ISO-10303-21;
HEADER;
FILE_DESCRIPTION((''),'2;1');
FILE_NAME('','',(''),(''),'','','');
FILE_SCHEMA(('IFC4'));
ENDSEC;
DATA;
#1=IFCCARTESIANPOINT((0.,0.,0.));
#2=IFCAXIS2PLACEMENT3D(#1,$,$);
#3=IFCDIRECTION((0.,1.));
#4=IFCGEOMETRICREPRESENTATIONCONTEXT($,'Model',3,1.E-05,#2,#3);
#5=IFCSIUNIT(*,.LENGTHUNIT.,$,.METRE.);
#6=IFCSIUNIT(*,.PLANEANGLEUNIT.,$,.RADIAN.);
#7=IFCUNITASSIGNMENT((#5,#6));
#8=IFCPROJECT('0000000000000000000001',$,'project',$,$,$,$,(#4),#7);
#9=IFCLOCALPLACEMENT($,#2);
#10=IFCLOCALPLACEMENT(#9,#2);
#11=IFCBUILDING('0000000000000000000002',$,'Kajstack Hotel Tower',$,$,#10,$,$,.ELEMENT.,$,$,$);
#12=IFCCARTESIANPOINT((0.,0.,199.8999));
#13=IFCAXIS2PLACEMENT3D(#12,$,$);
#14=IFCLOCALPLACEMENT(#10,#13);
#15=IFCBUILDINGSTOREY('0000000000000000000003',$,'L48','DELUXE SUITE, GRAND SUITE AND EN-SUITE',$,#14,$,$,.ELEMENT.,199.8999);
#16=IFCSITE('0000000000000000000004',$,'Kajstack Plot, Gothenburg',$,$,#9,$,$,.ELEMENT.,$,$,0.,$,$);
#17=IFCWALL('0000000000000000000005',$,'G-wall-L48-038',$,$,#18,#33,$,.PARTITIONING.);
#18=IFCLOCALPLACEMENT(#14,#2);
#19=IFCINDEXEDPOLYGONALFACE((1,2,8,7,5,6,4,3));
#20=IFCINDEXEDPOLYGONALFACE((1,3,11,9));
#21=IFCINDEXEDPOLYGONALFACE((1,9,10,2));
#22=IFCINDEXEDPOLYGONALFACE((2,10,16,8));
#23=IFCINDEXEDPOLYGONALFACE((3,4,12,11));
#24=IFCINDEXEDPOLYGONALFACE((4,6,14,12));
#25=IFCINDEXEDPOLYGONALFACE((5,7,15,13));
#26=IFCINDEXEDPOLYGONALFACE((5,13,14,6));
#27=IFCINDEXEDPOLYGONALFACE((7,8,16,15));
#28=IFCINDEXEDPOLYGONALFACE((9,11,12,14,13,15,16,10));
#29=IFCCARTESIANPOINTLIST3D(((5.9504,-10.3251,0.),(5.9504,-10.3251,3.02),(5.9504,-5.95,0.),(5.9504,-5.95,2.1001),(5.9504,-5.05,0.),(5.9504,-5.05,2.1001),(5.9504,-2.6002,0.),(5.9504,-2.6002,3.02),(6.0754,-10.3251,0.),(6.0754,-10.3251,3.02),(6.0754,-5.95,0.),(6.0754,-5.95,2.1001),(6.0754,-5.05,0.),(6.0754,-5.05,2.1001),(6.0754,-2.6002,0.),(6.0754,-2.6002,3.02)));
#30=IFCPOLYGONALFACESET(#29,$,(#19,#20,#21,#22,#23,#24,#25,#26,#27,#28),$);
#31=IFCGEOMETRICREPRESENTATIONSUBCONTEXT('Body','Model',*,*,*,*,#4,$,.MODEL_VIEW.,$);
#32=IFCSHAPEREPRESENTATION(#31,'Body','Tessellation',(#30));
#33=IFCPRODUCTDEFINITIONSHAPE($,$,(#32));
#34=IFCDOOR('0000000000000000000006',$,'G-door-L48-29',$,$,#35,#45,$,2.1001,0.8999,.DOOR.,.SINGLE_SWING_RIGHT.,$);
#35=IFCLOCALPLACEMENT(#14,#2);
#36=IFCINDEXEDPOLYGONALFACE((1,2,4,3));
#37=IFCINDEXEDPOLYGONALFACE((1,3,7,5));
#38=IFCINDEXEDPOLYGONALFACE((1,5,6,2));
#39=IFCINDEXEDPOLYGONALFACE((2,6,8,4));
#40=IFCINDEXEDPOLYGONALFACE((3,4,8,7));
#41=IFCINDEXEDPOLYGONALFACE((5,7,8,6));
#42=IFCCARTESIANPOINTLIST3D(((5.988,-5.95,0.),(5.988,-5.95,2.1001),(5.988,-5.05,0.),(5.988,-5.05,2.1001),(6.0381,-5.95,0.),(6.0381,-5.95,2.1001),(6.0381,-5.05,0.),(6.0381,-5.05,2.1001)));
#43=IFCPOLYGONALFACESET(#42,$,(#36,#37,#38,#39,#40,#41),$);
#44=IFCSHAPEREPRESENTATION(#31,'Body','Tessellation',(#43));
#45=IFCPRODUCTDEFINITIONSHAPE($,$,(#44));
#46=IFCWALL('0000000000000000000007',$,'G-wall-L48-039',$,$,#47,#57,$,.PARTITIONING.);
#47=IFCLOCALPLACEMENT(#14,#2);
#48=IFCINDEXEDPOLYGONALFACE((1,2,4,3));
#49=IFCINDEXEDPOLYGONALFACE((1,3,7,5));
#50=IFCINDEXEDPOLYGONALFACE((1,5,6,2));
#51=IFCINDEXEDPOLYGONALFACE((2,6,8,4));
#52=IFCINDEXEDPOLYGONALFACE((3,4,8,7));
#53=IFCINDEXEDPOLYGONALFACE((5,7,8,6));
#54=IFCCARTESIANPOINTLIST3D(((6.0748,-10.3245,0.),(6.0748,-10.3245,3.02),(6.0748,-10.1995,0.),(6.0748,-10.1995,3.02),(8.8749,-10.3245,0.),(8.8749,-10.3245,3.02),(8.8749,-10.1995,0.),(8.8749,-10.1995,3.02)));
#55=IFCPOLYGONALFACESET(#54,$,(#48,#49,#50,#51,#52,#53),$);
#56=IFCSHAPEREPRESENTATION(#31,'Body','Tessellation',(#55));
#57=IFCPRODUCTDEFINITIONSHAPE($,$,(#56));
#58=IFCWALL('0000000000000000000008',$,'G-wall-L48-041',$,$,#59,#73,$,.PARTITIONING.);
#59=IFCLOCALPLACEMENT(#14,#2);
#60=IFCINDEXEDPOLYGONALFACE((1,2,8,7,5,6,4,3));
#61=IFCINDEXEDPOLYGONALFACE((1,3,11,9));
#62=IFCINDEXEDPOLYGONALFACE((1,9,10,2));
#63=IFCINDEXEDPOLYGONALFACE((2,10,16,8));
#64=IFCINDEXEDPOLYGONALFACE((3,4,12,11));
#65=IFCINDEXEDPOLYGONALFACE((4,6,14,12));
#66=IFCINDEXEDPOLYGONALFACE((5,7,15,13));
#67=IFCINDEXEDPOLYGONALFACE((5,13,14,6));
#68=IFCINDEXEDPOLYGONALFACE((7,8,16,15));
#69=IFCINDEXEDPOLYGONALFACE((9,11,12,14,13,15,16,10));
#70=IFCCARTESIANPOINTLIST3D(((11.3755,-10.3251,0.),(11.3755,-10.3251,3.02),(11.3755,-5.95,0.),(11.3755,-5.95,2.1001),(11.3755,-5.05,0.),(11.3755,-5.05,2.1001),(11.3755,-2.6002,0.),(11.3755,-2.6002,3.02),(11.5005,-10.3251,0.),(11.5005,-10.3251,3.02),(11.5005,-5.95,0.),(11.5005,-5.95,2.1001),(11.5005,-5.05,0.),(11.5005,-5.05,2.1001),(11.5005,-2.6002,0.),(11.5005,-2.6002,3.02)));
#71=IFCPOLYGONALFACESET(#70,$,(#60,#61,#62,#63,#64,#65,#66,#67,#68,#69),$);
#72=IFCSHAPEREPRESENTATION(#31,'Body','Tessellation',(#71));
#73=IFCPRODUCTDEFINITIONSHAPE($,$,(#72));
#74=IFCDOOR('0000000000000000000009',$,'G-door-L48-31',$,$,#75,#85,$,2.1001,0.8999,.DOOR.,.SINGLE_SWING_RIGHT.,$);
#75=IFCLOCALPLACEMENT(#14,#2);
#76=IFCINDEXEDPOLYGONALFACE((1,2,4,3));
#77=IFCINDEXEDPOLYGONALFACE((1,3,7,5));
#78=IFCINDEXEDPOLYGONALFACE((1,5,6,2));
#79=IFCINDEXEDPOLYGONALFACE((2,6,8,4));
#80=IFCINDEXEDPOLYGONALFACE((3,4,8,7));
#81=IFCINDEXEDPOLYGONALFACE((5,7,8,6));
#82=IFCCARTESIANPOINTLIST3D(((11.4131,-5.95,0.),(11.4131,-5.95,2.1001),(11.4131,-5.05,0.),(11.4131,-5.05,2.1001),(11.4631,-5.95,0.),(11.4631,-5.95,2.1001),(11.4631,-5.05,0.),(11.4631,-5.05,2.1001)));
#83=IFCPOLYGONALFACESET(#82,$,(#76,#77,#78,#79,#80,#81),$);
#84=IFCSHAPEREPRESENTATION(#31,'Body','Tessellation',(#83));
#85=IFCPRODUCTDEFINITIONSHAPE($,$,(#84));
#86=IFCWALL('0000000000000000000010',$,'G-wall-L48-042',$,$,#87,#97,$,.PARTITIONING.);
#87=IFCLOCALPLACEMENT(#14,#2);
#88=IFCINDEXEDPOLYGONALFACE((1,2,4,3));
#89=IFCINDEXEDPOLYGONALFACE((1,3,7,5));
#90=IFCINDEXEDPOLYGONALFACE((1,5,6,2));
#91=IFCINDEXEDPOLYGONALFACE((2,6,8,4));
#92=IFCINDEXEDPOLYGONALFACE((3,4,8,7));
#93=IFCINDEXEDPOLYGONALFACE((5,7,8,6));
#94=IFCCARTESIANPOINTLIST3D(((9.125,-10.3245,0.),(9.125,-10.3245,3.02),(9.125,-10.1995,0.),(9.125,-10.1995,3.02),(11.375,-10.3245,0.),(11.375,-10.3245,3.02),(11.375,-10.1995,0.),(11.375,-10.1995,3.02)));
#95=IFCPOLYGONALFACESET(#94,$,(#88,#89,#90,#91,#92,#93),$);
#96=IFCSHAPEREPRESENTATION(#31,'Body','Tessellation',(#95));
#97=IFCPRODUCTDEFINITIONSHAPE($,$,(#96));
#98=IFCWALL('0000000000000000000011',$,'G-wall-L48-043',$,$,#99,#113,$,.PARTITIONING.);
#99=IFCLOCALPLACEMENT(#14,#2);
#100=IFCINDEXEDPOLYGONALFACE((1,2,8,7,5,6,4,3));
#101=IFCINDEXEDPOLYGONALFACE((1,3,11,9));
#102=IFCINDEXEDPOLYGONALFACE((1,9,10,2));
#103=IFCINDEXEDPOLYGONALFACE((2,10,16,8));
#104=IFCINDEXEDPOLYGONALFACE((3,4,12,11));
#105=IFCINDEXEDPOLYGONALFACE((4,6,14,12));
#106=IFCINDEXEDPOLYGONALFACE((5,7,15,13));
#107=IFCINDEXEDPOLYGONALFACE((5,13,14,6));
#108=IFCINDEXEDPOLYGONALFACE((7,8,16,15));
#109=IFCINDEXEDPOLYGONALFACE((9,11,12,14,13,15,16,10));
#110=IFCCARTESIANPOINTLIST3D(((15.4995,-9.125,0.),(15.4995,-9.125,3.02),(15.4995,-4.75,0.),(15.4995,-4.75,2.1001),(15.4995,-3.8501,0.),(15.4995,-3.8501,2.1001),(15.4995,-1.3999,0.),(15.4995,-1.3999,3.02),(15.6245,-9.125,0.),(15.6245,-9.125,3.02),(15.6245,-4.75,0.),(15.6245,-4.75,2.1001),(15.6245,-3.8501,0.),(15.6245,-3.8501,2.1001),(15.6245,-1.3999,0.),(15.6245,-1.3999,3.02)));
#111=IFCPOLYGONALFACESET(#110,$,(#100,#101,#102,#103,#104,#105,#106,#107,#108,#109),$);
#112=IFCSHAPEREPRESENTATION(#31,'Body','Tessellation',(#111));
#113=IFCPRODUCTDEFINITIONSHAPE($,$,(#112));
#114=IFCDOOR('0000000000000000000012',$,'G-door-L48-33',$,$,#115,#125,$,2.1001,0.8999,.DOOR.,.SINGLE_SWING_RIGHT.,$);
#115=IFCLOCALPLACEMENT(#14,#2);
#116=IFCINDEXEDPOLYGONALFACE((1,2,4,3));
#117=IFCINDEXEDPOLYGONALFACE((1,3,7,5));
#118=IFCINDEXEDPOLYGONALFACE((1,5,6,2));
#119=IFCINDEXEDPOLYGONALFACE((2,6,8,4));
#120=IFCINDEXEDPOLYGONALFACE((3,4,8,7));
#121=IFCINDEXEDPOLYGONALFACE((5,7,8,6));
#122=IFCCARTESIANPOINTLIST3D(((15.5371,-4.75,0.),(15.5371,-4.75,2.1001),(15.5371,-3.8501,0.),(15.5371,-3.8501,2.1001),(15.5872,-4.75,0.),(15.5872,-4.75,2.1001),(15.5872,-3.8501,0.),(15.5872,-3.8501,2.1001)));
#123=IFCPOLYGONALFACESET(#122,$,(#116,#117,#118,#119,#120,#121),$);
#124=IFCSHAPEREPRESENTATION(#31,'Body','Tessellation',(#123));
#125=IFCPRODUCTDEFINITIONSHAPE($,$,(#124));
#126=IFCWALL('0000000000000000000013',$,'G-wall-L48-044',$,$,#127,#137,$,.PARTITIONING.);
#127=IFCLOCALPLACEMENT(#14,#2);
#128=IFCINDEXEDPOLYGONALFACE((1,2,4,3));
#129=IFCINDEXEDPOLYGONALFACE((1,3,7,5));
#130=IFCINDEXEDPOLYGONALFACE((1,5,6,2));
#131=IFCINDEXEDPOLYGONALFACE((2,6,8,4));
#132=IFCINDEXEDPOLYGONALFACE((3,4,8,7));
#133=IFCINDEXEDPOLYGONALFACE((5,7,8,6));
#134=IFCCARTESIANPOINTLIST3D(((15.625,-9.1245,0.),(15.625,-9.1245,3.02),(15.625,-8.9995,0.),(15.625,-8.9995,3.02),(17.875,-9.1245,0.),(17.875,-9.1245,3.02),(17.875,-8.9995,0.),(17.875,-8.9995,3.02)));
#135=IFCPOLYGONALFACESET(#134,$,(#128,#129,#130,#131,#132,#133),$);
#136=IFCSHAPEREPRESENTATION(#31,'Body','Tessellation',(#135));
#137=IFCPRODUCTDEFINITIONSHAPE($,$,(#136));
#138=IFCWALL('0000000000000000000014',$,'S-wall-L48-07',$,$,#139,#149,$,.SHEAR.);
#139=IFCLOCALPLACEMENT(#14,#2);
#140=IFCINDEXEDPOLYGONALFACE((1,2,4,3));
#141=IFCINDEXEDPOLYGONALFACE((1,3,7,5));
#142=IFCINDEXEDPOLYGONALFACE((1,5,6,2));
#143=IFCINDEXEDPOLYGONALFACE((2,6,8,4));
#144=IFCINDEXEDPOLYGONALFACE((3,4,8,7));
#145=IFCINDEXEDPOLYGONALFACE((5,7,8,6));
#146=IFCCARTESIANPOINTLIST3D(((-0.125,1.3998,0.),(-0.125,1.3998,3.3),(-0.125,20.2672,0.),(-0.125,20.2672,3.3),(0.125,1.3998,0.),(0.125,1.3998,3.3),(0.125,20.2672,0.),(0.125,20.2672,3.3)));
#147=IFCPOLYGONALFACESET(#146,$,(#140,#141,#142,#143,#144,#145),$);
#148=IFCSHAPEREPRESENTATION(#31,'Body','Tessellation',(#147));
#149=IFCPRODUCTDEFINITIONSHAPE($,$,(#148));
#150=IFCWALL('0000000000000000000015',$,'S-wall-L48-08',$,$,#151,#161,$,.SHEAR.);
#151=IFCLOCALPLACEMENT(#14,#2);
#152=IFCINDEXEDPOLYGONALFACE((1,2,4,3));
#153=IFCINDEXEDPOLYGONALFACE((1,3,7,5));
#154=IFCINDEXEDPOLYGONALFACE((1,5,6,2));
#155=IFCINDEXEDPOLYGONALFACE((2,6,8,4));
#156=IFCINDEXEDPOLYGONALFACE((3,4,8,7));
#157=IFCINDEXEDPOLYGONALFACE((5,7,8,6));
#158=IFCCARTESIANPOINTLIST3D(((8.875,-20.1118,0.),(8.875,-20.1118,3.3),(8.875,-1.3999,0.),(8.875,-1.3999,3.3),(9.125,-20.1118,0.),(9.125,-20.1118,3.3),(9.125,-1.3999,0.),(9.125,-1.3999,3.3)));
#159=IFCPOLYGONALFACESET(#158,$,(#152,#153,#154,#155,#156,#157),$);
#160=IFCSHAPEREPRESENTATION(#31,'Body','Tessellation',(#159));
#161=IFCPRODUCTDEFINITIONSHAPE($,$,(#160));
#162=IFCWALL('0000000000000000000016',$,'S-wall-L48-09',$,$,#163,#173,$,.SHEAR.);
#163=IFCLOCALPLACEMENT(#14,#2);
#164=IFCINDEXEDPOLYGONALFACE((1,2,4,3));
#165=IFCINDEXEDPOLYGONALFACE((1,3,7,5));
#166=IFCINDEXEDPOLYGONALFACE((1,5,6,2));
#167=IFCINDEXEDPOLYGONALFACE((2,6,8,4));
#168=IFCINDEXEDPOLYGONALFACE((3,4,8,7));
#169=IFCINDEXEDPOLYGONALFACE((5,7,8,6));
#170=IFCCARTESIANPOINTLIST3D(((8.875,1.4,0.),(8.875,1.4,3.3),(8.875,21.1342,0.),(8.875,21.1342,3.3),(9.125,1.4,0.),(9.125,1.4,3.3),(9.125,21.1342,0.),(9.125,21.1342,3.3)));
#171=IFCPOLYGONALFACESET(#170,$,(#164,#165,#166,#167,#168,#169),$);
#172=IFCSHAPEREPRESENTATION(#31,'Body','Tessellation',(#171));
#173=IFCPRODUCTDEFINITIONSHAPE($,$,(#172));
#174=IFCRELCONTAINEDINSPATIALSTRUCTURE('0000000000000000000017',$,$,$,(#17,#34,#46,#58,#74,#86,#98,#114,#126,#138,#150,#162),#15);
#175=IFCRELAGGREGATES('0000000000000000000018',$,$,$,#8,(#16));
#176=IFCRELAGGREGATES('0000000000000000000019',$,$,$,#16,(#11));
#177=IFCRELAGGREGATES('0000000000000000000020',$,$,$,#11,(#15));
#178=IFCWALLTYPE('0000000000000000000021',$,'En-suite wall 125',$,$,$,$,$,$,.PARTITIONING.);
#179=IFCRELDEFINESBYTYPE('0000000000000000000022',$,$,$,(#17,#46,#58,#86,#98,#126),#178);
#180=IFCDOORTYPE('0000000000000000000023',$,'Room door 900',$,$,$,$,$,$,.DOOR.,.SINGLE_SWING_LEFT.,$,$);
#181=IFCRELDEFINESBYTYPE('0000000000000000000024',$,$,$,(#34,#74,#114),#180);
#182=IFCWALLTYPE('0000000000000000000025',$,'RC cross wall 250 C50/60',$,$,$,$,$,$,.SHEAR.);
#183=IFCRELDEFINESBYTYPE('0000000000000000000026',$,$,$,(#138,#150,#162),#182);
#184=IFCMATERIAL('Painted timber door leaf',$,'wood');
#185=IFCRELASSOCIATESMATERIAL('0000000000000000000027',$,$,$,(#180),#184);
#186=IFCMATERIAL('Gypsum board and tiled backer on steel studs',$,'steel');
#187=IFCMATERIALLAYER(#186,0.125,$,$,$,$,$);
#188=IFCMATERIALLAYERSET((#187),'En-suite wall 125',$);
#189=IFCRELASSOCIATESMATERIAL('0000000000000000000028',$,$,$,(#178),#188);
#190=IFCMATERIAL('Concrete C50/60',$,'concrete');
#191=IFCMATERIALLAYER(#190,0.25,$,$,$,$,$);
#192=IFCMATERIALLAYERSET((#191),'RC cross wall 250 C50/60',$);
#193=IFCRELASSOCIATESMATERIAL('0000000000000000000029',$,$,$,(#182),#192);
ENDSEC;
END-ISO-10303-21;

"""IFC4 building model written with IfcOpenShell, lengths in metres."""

from ifc_helpers import new_model, si_unit, direction, frame, frame_2d, origin, place, context, subcontext, project, spatial, rectangle, extrude, material, layer, layer_set, type_object, element, fill, save


model = new_model("IFC4")

# Units and contexts
model_context = context("Model", 3, precision=1e-05, world=origin(), true_north=direction((0.0, 1.0)))
body_context = subcontext(model_context, "Body", "Model", "MODEL_VIEW")
ifc_project = project(units=[si_unit("LENGTHUNIT", "METRE"), si_unit("PLANEANGLEUNIT", "RADIAN")], contexts=[model_context])

# Site, building, storey
site_placement = place(None, origin())
site = spatial("IfcSite", under=ifc_project, at=site_placement, Name="Kajstack Plot, Gothenburg", CompositionType="ELEMENT", RefElevation=0.0)
building_placement = place(site_placement, origin())
building = spatial("IfcBuilding", under=site, at=building_placement, Name="Kajstack Hotel Tower", CompositionType="ELEMENT")
storey_placement = place(building_placement, frame((0.0, 0.0, 199.8999)))
storey = spatial("IfcBuildingStorey", under=building, at=storey_placement, Name="L48", Description="DELUXE SUITE, GRAND SUITE AND EN-SUITE", CompositionType="ELEMENT", Elevation=199.8999)

# Shared definitions
ifc_material_1 = material(Name="Painted timber door leaf", Category="wood")
door_type_1 = type_object("IfcDoorType", Name="Room door 900", OperationType="SINGLE_SWING_LEFT", PredefinedType="DOOR", material=ifc_material_1)

# Wall, opening, door
ifc_material_2 = material(Name="Gypsum board and tiled backer on steel studs", Category="steel")
ifc_layer_1 = layer(ifc_material_2, 0.125)
ifc_layer_set_1 = layer_set([ifc_layer_1], Name="En-suite wall 125")
wall_type_1 = type_object("IfcWallType", Name="En-suite wall 125", PredefinedType="PARTITIONING", material=ifc_layer_set_1)
wall_1_placement = place(storey_placement, frame((6.0129, -10.325, 0.0), z_axis=(0.0, 0.0, 1.0), x_axis=(0.0, 1.0, 0.0)))
wall_1 = element("IfcWall", 1, at=wall_1_placement, inside=storey, type_object=wall_type_1, Name="G-wall-L48-038", PredefinedType="PARTITIONING", context=body_context, shape_type="SweptSolid", body=[
    extrude(rectangle(XDim=7.7249, YDim=0.125, at=frame_2d((3.8623, 0.0))), origin(), (0.0, 0.0, 1.0), 3.02),
])
opening_1_placement = place(wall_1_placement, frame((4.375, 0.0, 0.0)))
opening_1 = element("IfcOpeningElement", 2, at=opening_1_placement, cuts=wall_1, PredefinedType="OPENING", context=body_context, shape_type="SweptSolid", body=[
    extrude(rectangle(XDim=0.8999, YDim=2.1001, at=frame_2d((0.45, 1.05))), frame((0.0, 0.0725, 0.0), z_axis=(0.0, -1.0, 0.0), x_axis=(1.0, 0.0, 0.0)), (0.0, 0.0, 1.0), 0.145),
])
door_1_placement = place(opening_1_placement, origin())
door_1 = element("IfcDoor", 3, at=door_1_placement, inside=storey, type_object=door_type_1, Name="G-door-L48-29", OperationType="SINGLE_SWING_RIGHT", OverallHeight=2.1001, OverallWidth=0.8999, PredefinedType="DOOR", context=body_context, shape_type="SweptSolid", body=[
    extrude(rectangle(XDim=0.8999, YDim=2.1001, at=frame_2d((0.45, 1.05))), frame((0.0, 0.0249, 0.0), z_axis=(0.0, -1.0, 0.0), x_axis=(1.0, 0.0, 0.0)), (0.0, 0.0, 1.0), 0.05),
])
fill(opening_1, door_1)

# Wall
wall_2_placement = place(storey_placement, frame((6.075, -10.262, 0.0), z_axis=(0.0, 0.0, 1.0), x_axis=(1.0, 0.0, 0.0)))
element("IfcWall", 4, at=wall_2_placement, inside=storey, type_object=wall_type_1, Name="G-wall-L48-039", PredefinedType="PARTITIONING", context=body_context, shape_type="SweptSolid", body=[
    extrude(rectangle(XDim=2.8, YDim=0.125, at=frame_2d((1.3999, 0.0))), origin(), (0.0, 0.0, 1.0), 3.02),
])

# Wall, opening, door
wall_3_placement = place(storey_placement, frame((11.438, -10.325, 0.0), z_axis=(0.0, 0.0, 1.0), x_axis=(0.0, 1.0, 0.0)))
wall_3 = element("IfcWall", 5, at=wall_3_placement, inside=storey, type_object=wall_type_1, Name="G-wall-L48-041", PredefinedType="PARTITIONING", context=body_context, shape_type="SweptSolid", body=[
    extrude(rectangle(XDim=7.7249, YDim=0.125, at=frame_2d((3.8623, 0.0))), origin(), (0.0, 0.0, 1.0), 3.02),
])
opening_2_placement = place(wall_3_placement, frame((4.375, 0.0, 0.0)))
opening_2 = element("IfcOpeningElement", 6, at=opening_2_placement, cuts=wall_3, PredefinedType="OPENING", context=body_context, shape_type="SweptSolid", body=[
    extrude(rectangle(XDim=0.8999, YDim=2.1001, at=frame_2d((0.45, 1.05))), frame((0.0, 0.0725, 0.0), z_axis=(0.0, -1.0, 0.0), x_axis=(1.0, 0.0, 0.0)), (0.0, 0.0, 1.0), 0.145),
])
door_2_placement = place(opening_2_placement, origin())
door_2 = element("IfcDoor", 7, at=door_2_placement, inside=storey, type_object=door_type_1, Name="G-door-L48-31", OperationType="SINGLE_SWING_RIGHT", OverallHeight=2.1001, OverallWidth=0.8999, PredefinedType="DOOR", context=body_context, shape_type="SweptSolid", body=[
    extrude(rectangle(XDim=0.8999, YDim=2.1001, at=frame_2d((0.45, 1.05))), frame((0.0, 0.0249, 0.0), z_axis=(0.0, -1.0, 0.0), x_axis=(1.0, 0.0, 0.0)), (0.0, 0.0, 1.0), 0.05),
])
fill(opening_2, door_2)

# Wall
wall_4_placement = place(storey_placement, frame((9.125, -10.262, 0.0), z_axis=(0.0, 0.0, 1.0), x_axis=(1.0, 0.0, 0.0)))
element("IfcWall", 8, at=wall_4_placement, inside=storey, type_object=wall_type_1, Name="G-wall-L48-042", PredefinedType="PARTITIONING", context=body_context, shape_type="SweptSolid", body=[
    extrude(rectangle(XDim=2.25, YDim=0.125, at=frame_2d((1.125, 0.0))), origin(), (0.0, 0.0, 1.0), 3.02),
])

# Wall, opening, door
wall_5_placement = place(storey_placement, frame((15.562, -9.125, 0.0), z_axis=(0.0, 0.0, 1.0), x_axis=(0.0, 1.0, 0.0)))
wall_5 = element("IfcWall", 9, at=wall_5_placement, inside=storey, type_object=wall_type_1, Name="G-wall-L48-043", PredefinedType="PARTITIONING", context=body_context, shape_type="SweptSolid", body=[
    extrude(rectangle(XDim=7.7251, YDim=0.125, at=frame_2d((3.8625, 0.0))), origin(), (0.0, 0.0, 1.0), 3.02),
])
opening_3_placement = place(wall_5_placement, frame((4.375, 0.0, 0.0)))
opening_3 = element("IfcOpeningElement", 10, at=opening_3_placement, cuts=wall_5, PredefinedType="OPENING", context=body_context, shape_type="SweptSolid", body=[
    extrude(rectangle(XDim=0.8999, YDim=2.1001, at=frame_2d((0.45, 1.05))), frame((0.0, 0.0725, 0.0), z_axis=(0.0, -1.0, 0.0), x_axis=(1.0, 0.0, 0.0)), (0.0, 0.0, 1.0), 0.145),
])
door_3_placement = place(opening_3_placement, origin())
door_3 = element("IfcDoor", 11, at=door_3_placement, inside=storey, type_object=door_type_1, Name="G-door-L48-33", OperationType="SINGLE_SWING_RIGHT", OverallHeight=2.1001, OverallWidth=0.8999, PredefinedType="DOOR", context=body_context, shape_type="SweptSolid", body=[
    extrude(rectangle(XDim=0.8999, YDim=2.1001, at=frame_2d((0.45, 1.05))), frame((0.0, 0.0249, 0.0), z_axis=(0.0, -1.0, 0.0), x_axis=(1.0, 0.0, 0.0)), (0.0, 0.0, 1.0), 0.05),
])
fill(opening_3, door_3)

# Walls
wall_6_placement = place(storey_placement, frame((15.625, -9.062, 0.0), z_axis=(0.0, 0.0, 1.0), x_axis=(1.0, 0.0, 0.0)))
element("IfcWall", 12, at=wall_6_placement, inside=storey, type_object=wall_type_1, Name="G-wall-L48-044", PredefinedType="PARTITIONING", context=body_context, shape_type="SweptSolid", body=[
    extrude(rectangle(XDim=2.25, YDim=0.125, at=frame_2d((1.125, 0.0))), origin(), (0.0, 0.0, 1.0), 3.02),
])
ifc_material_3 = material(Name="Concrete C50/60", Category="concrete")
ifc_layer_2 = layer(ifc_material_3, 0.25)
ifc_layer_set_2 = layer_set([ifc_layer_2], Name="RC cross wall 250 C50/60")
wall_type_2 = type_object("IfcWallType", Name="RC cross wall 250 C50/60", PredefinedType="SHEAR", material=ifc_layer_set_2)
wall_7_placement = place(storey_placement, frame((0.0, 1.3999, 0.0), z_axis=(0.0, 0.0, 1.0), x_axis=(0.0, 1.0, 0.0)))
element("IfcWall", 13, at=wall_7_placement, inside=storey, type_object=wall_type_2, Name="S-wall-L48-07", PredefinedType="SHEAR", context=body_context, shape_type="SweptSolid", body=[
    extrude(rectangle(XDim=18.8674, YDim=0.25, at=frame_2d((9.4336, 0.0))), origin(), (0.0, 0.0, 1.0), 3.3),
])
wall_8_placement = place(storey_placement, frame((9.0, -20.1118, 0.0), z_axis=(0.0, 0.0, 1.0), x_axis=(0.0, 1.0, 0.0)))
element("IfcWall", 14, at=wall_8_placement, inside=storey, type_object=wall_type_2, Name="S-wall-L48-08", PredefinedType="SHEAR", context=body_context, shape_type="SweptSolid", body=[
    extrude(rectangle(XDim=18.7119, YDim=0.25, at=frame_2d((9.356, 0.0))), origin(), (0.0, 0.0, 1.0), 3.3),
])
wall_9_placement = place(storey_placement, frame((9.0, 1.3999, 0.0), z_axis=(0.0, 0.0, 1.0), x_axis=(0.0, 1.0, 0.0)))
element("IfcWall", 15, at=wall_9_placement, inside=storey, type_object=wall_type_2, Name="S-wall-L48-09", PredefinedType="SHEAR", context=body_context, shape_type="SweptSolid", body=[
    extrude(rectangle(XDim=19.7341, YDim=0.25, at=frame_2d((9.8672, 0.0))), origin(), (0.0, 0.0, 1.0), 3.3),
])

save(model, "model.ifc")
